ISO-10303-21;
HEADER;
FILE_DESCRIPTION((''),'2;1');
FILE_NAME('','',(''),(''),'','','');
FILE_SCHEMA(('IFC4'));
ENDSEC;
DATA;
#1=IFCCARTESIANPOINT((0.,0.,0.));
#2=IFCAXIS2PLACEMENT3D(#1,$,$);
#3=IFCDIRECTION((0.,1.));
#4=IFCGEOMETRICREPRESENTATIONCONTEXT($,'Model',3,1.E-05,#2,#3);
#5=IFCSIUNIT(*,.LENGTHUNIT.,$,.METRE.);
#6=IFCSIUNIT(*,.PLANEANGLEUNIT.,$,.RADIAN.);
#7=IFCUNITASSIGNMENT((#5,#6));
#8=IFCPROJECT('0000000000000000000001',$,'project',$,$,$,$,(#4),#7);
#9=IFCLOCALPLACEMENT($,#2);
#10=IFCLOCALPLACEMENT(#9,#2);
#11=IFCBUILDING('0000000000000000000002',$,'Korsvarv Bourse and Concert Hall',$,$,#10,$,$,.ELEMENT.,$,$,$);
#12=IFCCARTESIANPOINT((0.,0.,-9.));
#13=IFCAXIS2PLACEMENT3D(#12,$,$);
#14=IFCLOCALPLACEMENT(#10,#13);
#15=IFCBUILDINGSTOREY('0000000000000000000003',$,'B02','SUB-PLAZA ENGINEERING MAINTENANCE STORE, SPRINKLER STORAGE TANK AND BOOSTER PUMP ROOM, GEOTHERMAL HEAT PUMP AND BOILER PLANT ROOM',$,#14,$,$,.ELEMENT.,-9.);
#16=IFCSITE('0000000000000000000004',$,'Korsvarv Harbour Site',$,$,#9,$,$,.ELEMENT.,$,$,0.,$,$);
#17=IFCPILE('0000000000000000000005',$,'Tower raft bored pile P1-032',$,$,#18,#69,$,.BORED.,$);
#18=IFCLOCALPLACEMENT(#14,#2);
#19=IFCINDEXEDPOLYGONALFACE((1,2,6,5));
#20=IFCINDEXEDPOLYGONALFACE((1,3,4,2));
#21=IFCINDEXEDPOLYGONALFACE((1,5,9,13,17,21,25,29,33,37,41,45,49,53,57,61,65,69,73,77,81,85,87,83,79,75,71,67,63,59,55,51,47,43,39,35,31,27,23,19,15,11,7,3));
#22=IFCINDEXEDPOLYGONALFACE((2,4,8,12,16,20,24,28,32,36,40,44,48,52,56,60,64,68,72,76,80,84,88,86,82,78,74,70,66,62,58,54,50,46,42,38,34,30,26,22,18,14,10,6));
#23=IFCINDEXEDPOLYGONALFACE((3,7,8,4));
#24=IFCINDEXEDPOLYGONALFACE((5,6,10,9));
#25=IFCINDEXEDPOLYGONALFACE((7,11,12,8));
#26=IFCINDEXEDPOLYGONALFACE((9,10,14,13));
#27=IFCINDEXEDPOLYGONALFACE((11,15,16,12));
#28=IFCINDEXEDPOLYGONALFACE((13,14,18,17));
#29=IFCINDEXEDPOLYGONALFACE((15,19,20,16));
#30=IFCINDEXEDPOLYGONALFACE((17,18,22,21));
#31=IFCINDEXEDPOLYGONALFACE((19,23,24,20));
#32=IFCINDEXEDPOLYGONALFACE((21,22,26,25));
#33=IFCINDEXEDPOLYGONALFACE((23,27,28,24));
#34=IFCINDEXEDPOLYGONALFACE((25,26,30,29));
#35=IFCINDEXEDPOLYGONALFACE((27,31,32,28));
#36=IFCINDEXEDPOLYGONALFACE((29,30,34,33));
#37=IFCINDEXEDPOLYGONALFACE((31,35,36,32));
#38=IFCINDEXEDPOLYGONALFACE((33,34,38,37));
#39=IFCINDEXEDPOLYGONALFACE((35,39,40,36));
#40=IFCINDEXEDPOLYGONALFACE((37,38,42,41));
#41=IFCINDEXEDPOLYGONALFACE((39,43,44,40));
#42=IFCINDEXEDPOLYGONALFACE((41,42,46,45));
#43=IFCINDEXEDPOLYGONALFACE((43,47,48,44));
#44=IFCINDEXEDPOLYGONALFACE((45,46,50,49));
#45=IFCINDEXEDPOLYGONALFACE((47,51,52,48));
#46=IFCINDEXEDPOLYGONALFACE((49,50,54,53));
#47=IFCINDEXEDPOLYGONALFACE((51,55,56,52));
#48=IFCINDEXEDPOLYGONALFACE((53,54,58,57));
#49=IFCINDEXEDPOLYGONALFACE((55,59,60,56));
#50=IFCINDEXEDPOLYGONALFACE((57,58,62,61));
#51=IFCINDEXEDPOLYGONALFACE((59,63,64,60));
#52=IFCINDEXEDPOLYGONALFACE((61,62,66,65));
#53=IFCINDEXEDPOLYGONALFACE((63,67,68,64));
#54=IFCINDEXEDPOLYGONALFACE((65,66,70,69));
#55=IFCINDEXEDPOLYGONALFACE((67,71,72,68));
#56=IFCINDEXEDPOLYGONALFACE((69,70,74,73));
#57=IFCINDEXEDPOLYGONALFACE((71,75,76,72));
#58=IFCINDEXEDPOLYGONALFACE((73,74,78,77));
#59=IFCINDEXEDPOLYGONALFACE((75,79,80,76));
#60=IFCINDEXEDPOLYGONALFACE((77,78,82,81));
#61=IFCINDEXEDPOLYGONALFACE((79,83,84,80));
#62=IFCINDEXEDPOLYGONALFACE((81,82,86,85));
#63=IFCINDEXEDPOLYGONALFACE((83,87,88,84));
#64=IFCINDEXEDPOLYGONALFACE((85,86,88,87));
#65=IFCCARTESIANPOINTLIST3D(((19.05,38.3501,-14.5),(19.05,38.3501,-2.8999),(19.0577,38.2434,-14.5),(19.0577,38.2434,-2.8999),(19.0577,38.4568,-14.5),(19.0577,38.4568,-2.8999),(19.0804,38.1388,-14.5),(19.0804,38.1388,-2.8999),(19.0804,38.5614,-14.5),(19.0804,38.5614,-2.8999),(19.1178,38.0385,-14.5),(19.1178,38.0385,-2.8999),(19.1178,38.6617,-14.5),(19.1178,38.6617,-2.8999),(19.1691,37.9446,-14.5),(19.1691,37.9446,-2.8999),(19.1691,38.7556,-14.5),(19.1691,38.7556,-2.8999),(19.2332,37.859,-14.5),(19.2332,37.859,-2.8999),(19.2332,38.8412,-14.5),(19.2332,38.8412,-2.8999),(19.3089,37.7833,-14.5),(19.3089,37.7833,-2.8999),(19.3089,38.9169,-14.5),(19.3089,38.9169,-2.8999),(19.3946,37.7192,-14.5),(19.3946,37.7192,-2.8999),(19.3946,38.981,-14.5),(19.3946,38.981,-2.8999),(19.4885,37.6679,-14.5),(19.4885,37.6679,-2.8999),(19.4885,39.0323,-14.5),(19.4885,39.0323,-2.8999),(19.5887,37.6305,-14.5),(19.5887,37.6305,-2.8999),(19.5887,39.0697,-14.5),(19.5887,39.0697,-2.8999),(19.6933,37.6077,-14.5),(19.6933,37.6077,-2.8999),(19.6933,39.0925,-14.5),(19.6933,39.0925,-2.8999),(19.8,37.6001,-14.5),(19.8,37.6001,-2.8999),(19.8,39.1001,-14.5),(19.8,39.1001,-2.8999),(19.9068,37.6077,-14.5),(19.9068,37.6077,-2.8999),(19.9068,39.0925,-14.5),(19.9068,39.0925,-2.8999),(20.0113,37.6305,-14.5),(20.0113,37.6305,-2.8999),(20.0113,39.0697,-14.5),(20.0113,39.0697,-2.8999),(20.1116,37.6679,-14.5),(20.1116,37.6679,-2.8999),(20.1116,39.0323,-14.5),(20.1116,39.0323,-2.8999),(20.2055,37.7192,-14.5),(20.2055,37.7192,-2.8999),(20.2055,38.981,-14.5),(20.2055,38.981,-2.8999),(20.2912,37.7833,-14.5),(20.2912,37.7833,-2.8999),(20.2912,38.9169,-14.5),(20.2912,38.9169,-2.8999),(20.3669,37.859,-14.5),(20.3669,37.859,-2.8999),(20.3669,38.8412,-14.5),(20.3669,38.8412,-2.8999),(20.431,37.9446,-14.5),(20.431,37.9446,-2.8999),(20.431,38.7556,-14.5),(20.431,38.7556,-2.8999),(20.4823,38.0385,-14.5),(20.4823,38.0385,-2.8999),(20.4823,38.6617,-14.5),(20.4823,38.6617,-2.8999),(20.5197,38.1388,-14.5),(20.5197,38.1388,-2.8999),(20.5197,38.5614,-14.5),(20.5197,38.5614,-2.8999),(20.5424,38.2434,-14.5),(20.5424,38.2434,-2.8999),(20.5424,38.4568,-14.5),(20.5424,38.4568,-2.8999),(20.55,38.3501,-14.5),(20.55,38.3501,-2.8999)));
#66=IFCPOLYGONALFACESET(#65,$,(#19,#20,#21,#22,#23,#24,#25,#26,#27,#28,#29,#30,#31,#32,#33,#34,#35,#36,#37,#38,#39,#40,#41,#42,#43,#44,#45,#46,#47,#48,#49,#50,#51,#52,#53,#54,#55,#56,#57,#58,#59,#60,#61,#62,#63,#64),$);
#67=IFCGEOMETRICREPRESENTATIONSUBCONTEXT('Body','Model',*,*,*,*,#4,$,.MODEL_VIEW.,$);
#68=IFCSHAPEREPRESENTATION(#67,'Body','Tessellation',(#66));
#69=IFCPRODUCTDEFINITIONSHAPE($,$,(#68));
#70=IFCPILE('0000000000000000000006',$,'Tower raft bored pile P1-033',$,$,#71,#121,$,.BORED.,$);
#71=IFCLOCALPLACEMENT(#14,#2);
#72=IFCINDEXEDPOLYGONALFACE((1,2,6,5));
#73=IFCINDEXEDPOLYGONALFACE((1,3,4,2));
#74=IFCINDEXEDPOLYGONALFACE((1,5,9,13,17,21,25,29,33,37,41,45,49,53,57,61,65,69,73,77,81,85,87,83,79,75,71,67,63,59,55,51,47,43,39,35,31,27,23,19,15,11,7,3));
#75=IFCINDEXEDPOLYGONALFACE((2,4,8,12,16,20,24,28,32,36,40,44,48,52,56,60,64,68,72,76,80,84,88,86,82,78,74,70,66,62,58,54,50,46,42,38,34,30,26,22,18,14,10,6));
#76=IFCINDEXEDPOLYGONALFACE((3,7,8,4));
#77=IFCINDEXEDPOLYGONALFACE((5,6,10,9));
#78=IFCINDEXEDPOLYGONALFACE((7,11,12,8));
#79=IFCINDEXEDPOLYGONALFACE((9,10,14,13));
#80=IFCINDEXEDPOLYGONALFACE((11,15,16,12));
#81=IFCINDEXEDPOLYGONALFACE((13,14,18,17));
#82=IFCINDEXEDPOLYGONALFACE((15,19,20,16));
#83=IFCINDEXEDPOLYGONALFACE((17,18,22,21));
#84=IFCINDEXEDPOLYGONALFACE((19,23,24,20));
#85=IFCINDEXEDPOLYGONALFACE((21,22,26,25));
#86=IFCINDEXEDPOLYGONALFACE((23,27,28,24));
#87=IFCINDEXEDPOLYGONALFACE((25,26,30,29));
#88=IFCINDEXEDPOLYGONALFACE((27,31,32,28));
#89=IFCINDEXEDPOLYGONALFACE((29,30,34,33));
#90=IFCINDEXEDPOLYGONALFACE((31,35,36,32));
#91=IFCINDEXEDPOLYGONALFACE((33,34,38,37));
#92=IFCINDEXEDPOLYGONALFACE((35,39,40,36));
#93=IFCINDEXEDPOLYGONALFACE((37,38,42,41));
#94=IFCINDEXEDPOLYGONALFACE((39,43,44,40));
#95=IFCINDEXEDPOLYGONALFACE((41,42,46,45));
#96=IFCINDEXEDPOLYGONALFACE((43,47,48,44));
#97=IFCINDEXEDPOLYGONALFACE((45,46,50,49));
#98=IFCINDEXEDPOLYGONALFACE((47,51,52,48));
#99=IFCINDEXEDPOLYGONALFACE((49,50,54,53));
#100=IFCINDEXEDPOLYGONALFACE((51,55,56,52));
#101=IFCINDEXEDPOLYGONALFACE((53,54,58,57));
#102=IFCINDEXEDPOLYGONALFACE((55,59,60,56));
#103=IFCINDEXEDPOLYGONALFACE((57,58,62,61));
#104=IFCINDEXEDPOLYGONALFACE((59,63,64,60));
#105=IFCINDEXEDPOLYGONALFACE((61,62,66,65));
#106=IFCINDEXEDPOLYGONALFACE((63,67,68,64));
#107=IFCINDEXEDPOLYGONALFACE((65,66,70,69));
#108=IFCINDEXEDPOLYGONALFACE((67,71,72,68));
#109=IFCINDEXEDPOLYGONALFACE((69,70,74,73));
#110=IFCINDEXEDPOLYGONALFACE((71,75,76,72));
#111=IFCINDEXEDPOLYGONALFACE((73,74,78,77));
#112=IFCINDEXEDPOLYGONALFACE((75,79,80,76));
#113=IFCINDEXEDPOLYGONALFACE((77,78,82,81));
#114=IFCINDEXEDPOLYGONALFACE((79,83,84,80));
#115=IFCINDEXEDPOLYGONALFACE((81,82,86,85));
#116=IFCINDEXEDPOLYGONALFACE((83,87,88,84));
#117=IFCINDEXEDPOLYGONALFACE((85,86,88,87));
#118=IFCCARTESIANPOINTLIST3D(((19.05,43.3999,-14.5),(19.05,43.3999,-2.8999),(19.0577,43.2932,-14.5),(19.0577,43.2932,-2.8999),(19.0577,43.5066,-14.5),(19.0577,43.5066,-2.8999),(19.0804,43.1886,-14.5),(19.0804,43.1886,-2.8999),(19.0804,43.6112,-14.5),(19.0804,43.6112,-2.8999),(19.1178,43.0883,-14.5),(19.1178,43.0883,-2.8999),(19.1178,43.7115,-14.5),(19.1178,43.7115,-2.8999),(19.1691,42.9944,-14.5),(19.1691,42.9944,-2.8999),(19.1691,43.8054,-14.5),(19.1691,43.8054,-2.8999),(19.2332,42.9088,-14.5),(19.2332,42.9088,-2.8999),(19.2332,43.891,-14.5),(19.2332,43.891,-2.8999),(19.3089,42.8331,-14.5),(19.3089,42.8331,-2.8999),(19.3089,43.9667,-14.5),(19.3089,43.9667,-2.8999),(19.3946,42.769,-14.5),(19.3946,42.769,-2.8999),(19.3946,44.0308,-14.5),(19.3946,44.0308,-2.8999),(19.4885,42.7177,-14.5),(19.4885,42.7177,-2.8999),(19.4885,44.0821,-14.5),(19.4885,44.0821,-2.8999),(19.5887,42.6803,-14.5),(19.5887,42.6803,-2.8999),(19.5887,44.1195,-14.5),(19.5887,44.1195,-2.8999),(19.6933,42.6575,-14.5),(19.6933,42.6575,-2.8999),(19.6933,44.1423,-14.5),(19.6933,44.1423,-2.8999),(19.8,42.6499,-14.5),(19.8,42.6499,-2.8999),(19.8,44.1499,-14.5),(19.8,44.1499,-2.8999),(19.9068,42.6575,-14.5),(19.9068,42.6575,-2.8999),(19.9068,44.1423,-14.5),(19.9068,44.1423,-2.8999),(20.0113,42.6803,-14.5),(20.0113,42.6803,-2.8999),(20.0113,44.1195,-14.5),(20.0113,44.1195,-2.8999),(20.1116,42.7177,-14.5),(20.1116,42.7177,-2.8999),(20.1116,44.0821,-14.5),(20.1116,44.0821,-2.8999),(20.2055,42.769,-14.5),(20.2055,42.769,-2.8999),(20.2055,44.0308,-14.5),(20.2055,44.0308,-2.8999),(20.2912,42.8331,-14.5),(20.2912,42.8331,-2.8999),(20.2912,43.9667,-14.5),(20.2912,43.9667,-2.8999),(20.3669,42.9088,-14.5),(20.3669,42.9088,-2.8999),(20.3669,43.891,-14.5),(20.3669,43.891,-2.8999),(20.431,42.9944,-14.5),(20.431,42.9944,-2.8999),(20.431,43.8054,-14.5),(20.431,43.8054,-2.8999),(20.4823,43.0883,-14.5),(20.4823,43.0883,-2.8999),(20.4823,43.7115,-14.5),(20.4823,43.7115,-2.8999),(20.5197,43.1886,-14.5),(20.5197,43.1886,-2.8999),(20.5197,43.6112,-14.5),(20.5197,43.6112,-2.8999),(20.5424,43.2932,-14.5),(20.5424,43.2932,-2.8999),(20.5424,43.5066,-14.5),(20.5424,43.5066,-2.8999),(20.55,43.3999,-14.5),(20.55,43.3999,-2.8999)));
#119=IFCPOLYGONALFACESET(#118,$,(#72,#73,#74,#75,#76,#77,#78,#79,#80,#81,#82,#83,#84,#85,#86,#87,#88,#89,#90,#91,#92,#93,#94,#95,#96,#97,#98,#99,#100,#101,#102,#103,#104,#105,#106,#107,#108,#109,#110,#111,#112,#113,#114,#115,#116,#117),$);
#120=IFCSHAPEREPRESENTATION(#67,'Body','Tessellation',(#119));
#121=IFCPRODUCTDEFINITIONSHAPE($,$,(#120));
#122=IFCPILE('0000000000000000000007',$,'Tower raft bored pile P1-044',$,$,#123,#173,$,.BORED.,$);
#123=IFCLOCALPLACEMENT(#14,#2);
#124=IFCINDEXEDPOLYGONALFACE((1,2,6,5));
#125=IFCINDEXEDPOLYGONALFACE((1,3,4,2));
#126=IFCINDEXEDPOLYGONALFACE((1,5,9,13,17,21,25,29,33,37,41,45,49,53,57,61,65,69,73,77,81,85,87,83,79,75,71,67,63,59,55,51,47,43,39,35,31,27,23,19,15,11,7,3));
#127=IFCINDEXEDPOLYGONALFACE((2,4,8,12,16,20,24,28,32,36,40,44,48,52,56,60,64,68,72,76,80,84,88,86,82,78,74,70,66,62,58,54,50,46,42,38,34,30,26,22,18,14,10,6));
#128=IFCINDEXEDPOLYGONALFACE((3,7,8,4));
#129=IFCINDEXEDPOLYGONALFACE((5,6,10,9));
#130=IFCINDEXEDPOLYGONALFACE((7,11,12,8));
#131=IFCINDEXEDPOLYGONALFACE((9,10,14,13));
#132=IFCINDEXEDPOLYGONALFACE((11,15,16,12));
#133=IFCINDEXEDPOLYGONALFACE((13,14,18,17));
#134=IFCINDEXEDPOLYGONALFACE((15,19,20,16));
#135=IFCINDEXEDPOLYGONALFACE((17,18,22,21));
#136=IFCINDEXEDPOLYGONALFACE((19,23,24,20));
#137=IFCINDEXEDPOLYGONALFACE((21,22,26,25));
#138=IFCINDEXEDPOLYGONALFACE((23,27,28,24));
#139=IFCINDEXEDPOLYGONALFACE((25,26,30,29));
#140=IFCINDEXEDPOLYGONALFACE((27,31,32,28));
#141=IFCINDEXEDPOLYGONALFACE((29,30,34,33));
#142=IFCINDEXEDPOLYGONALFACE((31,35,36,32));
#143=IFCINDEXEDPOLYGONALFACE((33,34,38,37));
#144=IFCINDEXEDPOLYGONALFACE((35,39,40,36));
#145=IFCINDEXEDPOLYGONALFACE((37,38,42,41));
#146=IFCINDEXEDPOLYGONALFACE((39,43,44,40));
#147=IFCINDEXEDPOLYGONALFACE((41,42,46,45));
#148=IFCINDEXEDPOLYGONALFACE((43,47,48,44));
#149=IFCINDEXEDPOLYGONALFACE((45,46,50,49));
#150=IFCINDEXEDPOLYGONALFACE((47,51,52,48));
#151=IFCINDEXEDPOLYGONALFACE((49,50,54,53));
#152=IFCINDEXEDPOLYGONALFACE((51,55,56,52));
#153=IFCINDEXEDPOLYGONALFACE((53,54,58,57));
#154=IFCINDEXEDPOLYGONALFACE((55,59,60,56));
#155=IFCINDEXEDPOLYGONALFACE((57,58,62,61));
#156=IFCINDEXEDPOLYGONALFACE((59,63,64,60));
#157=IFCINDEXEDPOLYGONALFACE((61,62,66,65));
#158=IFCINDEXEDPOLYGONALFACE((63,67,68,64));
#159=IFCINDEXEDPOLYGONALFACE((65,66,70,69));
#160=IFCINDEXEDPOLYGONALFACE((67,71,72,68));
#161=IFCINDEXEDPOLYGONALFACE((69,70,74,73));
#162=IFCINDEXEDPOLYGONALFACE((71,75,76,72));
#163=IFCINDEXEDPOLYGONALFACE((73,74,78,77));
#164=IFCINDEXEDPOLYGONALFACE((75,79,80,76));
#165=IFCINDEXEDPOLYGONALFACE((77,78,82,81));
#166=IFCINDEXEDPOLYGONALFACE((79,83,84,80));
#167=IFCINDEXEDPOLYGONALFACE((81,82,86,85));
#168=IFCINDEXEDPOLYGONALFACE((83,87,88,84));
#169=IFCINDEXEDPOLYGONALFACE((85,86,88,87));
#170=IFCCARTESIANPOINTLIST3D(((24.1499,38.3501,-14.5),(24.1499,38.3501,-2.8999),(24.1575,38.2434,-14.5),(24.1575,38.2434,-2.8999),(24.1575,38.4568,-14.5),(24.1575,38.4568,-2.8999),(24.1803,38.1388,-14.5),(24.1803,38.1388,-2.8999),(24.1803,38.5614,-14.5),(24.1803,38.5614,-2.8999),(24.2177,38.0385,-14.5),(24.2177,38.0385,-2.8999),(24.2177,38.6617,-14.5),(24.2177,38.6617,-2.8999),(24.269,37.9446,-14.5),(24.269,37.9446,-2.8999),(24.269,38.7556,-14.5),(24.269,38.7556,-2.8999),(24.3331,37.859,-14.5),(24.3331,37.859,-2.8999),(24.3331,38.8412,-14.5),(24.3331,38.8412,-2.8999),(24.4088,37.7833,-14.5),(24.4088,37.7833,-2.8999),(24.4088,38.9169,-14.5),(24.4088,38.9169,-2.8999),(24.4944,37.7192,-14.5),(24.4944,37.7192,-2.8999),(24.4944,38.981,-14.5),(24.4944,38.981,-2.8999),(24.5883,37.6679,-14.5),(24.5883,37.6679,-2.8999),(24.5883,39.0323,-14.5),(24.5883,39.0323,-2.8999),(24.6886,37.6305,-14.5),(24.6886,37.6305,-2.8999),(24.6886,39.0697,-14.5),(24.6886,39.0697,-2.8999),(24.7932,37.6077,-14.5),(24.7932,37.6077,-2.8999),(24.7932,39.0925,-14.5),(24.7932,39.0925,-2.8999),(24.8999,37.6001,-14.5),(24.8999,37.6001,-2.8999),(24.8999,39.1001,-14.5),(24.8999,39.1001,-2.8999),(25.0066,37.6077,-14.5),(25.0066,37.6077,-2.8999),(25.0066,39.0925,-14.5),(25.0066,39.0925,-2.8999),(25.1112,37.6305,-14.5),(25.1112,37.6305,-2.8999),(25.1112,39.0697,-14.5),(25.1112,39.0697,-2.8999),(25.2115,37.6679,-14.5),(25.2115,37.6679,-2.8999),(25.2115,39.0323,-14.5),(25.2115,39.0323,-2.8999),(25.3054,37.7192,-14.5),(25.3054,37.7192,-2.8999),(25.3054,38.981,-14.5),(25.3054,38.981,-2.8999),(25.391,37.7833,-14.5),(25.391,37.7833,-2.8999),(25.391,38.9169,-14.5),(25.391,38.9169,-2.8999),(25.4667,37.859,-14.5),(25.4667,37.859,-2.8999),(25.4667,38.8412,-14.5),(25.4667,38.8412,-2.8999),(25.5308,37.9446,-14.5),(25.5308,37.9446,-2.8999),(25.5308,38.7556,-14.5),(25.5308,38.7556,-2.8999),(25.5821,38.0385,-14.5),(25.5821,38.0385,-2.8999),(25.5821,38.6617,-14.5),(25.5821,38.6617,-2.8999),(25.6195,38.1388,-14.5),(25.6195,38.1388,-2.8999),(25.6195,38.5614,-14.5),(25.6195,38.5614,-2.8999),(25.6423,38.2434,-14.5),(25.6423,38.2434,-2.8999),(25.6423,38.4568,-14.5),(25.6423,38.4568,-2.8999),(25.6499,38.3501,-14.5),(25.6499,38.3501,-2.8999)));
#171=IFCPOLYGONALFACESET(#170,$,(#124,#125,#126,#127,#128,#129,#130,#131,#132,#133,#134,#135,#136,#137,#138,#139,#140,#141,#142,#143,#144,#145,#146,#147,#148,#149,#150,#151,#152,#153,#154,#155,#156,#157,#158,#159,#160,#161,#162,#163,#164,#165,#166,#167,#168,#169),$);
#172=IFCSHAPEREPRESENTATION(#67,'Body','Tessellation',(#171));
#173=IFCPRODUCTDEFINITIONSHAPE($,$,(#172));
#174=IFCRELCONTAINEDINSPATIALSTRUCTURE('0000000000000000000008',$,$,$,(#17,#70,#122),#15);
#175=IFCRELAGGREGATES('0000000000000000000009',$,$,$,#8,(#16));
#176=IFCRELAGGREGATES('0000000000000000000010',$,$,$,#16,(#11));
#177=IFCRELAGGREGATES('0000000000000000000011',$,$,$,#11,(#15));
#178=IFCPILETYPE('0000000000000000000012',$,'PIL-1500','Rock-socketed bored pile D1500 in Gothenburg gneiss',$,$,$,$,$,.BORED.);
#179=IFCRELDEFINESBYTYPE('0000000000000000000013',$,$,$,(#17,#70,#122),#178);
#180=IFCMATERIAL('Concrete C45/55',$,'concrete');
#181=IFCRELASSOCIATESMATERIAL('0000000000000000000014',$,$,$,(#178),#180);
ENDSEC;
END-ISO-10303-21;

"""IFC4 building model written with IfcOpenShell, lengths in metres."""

from ifc_helpers import new_model, si_unit, direction, frame, origin, origin_2d, place, context, subcontext, project, spatial, circle, extrude, source, transform, mapped, material, material_profile, profile_set, type_object, element, save


model = new_model("IFC4")

# Units and contexts
model_context = context("Model", 3, precision=1e-05, world=origin(), true_north=direction((0.0, 1.0)))
body_context = subcontext(model_context, "Body", "Model", "MODEL_VIEW")
ifc_project = project(units=[si_unit("LENGTHUNIT", "METRE"), si_unit("PLANEANGLEUNIT", "RADIAN")], contexts=[model_context])

# Site, building, storey
site_placement = place(None, origin())
site = spatial("IfcSite", under=ifc_project, at=site_placement, Name="Korsvarv Harbour Site", CompositionType="ELEMENT", RefElevation=0.0)
building_placement = place(site_placement, origin())
building = spatial("IfcBuilding", under=site, at=building_placement, Name="Korsvarv Bourse and Concert Hall", CompositionType="ELEMENT")
storey_placement = place(building_placement, frame((0.0, 0.0, -9.0)))
storey = spatial("IfcBuildingStorey", under=building, at=storey_placement, Name="B02", Description="SUB-PLAZA ENGINEERING MAINTENANCE STORE, SPRINKLER STORAGE TANK AND BOOSTER PUMP ROOM, GEOTHERMAL HEAT PUMP AND BOILER PLANT ROOM", CompositionType="ELEMENT", Elevation=-9.0)

# Piles
ifc_material_1 = material(Name="Concrete C45/55", Category="concrete")
ifc_material_profile_1 = material_profile(ifc_material_1, circle(Radius=0.75, at=origin_2d()), Name="PILE D1500")
ifc_profile_set_1 = profile_set([ifc_material_profile_1], Name="Concrete C45/55")
pile_type = type_object("IfcPileType", Name="PIL-1500", Description="Rock-socketed bored pile D1500 in Gothenburg gneiss", PredefinedType="BORED", material=ifc_profile_set_1)
shared_shape_1 = source(origin(), body_context, "Body", "SweptSolid", [
    extrude(circle(Radius=0.75, at=origin_2d()), origin(), (0.0, 0.0, 1.0), 11.6001),
])
for number, where, z_axis, x_axis, name in (
    (1, (19.8, 38.3501, -2.8999), (0.0, 0.0, -1.0), (1.0, 0.0, 0.0), "Tower raft bored pile P1-032"),
    (2, (19.8, 43.3999, -2.8999), (0.0, 0.0, -1.0), (1.0, 0.0, 0.0), "Tower raft bored pile P1-033"),
    (3, (24.8999, 38.3501, -2.8999), (0.0, 0.0, -1.0), (1.0, 0.0, 0.0), "Tower raft bored pile P1-044"),
):
    element("IfcPile", number, at=place(storey_placement, frame(where, z_axis=z_axis, x_axis=x_axis)), inside=storey, type_object=pile_type, Name=name, PredefinedType="BORED", context=body_context, shape_type="MappedRepresentation", body=[
        mapped(shared_shape_1, transform((0.0, 0.0, 0.0), scale=1.0)),
    ])

save(model, "model.ifc")
